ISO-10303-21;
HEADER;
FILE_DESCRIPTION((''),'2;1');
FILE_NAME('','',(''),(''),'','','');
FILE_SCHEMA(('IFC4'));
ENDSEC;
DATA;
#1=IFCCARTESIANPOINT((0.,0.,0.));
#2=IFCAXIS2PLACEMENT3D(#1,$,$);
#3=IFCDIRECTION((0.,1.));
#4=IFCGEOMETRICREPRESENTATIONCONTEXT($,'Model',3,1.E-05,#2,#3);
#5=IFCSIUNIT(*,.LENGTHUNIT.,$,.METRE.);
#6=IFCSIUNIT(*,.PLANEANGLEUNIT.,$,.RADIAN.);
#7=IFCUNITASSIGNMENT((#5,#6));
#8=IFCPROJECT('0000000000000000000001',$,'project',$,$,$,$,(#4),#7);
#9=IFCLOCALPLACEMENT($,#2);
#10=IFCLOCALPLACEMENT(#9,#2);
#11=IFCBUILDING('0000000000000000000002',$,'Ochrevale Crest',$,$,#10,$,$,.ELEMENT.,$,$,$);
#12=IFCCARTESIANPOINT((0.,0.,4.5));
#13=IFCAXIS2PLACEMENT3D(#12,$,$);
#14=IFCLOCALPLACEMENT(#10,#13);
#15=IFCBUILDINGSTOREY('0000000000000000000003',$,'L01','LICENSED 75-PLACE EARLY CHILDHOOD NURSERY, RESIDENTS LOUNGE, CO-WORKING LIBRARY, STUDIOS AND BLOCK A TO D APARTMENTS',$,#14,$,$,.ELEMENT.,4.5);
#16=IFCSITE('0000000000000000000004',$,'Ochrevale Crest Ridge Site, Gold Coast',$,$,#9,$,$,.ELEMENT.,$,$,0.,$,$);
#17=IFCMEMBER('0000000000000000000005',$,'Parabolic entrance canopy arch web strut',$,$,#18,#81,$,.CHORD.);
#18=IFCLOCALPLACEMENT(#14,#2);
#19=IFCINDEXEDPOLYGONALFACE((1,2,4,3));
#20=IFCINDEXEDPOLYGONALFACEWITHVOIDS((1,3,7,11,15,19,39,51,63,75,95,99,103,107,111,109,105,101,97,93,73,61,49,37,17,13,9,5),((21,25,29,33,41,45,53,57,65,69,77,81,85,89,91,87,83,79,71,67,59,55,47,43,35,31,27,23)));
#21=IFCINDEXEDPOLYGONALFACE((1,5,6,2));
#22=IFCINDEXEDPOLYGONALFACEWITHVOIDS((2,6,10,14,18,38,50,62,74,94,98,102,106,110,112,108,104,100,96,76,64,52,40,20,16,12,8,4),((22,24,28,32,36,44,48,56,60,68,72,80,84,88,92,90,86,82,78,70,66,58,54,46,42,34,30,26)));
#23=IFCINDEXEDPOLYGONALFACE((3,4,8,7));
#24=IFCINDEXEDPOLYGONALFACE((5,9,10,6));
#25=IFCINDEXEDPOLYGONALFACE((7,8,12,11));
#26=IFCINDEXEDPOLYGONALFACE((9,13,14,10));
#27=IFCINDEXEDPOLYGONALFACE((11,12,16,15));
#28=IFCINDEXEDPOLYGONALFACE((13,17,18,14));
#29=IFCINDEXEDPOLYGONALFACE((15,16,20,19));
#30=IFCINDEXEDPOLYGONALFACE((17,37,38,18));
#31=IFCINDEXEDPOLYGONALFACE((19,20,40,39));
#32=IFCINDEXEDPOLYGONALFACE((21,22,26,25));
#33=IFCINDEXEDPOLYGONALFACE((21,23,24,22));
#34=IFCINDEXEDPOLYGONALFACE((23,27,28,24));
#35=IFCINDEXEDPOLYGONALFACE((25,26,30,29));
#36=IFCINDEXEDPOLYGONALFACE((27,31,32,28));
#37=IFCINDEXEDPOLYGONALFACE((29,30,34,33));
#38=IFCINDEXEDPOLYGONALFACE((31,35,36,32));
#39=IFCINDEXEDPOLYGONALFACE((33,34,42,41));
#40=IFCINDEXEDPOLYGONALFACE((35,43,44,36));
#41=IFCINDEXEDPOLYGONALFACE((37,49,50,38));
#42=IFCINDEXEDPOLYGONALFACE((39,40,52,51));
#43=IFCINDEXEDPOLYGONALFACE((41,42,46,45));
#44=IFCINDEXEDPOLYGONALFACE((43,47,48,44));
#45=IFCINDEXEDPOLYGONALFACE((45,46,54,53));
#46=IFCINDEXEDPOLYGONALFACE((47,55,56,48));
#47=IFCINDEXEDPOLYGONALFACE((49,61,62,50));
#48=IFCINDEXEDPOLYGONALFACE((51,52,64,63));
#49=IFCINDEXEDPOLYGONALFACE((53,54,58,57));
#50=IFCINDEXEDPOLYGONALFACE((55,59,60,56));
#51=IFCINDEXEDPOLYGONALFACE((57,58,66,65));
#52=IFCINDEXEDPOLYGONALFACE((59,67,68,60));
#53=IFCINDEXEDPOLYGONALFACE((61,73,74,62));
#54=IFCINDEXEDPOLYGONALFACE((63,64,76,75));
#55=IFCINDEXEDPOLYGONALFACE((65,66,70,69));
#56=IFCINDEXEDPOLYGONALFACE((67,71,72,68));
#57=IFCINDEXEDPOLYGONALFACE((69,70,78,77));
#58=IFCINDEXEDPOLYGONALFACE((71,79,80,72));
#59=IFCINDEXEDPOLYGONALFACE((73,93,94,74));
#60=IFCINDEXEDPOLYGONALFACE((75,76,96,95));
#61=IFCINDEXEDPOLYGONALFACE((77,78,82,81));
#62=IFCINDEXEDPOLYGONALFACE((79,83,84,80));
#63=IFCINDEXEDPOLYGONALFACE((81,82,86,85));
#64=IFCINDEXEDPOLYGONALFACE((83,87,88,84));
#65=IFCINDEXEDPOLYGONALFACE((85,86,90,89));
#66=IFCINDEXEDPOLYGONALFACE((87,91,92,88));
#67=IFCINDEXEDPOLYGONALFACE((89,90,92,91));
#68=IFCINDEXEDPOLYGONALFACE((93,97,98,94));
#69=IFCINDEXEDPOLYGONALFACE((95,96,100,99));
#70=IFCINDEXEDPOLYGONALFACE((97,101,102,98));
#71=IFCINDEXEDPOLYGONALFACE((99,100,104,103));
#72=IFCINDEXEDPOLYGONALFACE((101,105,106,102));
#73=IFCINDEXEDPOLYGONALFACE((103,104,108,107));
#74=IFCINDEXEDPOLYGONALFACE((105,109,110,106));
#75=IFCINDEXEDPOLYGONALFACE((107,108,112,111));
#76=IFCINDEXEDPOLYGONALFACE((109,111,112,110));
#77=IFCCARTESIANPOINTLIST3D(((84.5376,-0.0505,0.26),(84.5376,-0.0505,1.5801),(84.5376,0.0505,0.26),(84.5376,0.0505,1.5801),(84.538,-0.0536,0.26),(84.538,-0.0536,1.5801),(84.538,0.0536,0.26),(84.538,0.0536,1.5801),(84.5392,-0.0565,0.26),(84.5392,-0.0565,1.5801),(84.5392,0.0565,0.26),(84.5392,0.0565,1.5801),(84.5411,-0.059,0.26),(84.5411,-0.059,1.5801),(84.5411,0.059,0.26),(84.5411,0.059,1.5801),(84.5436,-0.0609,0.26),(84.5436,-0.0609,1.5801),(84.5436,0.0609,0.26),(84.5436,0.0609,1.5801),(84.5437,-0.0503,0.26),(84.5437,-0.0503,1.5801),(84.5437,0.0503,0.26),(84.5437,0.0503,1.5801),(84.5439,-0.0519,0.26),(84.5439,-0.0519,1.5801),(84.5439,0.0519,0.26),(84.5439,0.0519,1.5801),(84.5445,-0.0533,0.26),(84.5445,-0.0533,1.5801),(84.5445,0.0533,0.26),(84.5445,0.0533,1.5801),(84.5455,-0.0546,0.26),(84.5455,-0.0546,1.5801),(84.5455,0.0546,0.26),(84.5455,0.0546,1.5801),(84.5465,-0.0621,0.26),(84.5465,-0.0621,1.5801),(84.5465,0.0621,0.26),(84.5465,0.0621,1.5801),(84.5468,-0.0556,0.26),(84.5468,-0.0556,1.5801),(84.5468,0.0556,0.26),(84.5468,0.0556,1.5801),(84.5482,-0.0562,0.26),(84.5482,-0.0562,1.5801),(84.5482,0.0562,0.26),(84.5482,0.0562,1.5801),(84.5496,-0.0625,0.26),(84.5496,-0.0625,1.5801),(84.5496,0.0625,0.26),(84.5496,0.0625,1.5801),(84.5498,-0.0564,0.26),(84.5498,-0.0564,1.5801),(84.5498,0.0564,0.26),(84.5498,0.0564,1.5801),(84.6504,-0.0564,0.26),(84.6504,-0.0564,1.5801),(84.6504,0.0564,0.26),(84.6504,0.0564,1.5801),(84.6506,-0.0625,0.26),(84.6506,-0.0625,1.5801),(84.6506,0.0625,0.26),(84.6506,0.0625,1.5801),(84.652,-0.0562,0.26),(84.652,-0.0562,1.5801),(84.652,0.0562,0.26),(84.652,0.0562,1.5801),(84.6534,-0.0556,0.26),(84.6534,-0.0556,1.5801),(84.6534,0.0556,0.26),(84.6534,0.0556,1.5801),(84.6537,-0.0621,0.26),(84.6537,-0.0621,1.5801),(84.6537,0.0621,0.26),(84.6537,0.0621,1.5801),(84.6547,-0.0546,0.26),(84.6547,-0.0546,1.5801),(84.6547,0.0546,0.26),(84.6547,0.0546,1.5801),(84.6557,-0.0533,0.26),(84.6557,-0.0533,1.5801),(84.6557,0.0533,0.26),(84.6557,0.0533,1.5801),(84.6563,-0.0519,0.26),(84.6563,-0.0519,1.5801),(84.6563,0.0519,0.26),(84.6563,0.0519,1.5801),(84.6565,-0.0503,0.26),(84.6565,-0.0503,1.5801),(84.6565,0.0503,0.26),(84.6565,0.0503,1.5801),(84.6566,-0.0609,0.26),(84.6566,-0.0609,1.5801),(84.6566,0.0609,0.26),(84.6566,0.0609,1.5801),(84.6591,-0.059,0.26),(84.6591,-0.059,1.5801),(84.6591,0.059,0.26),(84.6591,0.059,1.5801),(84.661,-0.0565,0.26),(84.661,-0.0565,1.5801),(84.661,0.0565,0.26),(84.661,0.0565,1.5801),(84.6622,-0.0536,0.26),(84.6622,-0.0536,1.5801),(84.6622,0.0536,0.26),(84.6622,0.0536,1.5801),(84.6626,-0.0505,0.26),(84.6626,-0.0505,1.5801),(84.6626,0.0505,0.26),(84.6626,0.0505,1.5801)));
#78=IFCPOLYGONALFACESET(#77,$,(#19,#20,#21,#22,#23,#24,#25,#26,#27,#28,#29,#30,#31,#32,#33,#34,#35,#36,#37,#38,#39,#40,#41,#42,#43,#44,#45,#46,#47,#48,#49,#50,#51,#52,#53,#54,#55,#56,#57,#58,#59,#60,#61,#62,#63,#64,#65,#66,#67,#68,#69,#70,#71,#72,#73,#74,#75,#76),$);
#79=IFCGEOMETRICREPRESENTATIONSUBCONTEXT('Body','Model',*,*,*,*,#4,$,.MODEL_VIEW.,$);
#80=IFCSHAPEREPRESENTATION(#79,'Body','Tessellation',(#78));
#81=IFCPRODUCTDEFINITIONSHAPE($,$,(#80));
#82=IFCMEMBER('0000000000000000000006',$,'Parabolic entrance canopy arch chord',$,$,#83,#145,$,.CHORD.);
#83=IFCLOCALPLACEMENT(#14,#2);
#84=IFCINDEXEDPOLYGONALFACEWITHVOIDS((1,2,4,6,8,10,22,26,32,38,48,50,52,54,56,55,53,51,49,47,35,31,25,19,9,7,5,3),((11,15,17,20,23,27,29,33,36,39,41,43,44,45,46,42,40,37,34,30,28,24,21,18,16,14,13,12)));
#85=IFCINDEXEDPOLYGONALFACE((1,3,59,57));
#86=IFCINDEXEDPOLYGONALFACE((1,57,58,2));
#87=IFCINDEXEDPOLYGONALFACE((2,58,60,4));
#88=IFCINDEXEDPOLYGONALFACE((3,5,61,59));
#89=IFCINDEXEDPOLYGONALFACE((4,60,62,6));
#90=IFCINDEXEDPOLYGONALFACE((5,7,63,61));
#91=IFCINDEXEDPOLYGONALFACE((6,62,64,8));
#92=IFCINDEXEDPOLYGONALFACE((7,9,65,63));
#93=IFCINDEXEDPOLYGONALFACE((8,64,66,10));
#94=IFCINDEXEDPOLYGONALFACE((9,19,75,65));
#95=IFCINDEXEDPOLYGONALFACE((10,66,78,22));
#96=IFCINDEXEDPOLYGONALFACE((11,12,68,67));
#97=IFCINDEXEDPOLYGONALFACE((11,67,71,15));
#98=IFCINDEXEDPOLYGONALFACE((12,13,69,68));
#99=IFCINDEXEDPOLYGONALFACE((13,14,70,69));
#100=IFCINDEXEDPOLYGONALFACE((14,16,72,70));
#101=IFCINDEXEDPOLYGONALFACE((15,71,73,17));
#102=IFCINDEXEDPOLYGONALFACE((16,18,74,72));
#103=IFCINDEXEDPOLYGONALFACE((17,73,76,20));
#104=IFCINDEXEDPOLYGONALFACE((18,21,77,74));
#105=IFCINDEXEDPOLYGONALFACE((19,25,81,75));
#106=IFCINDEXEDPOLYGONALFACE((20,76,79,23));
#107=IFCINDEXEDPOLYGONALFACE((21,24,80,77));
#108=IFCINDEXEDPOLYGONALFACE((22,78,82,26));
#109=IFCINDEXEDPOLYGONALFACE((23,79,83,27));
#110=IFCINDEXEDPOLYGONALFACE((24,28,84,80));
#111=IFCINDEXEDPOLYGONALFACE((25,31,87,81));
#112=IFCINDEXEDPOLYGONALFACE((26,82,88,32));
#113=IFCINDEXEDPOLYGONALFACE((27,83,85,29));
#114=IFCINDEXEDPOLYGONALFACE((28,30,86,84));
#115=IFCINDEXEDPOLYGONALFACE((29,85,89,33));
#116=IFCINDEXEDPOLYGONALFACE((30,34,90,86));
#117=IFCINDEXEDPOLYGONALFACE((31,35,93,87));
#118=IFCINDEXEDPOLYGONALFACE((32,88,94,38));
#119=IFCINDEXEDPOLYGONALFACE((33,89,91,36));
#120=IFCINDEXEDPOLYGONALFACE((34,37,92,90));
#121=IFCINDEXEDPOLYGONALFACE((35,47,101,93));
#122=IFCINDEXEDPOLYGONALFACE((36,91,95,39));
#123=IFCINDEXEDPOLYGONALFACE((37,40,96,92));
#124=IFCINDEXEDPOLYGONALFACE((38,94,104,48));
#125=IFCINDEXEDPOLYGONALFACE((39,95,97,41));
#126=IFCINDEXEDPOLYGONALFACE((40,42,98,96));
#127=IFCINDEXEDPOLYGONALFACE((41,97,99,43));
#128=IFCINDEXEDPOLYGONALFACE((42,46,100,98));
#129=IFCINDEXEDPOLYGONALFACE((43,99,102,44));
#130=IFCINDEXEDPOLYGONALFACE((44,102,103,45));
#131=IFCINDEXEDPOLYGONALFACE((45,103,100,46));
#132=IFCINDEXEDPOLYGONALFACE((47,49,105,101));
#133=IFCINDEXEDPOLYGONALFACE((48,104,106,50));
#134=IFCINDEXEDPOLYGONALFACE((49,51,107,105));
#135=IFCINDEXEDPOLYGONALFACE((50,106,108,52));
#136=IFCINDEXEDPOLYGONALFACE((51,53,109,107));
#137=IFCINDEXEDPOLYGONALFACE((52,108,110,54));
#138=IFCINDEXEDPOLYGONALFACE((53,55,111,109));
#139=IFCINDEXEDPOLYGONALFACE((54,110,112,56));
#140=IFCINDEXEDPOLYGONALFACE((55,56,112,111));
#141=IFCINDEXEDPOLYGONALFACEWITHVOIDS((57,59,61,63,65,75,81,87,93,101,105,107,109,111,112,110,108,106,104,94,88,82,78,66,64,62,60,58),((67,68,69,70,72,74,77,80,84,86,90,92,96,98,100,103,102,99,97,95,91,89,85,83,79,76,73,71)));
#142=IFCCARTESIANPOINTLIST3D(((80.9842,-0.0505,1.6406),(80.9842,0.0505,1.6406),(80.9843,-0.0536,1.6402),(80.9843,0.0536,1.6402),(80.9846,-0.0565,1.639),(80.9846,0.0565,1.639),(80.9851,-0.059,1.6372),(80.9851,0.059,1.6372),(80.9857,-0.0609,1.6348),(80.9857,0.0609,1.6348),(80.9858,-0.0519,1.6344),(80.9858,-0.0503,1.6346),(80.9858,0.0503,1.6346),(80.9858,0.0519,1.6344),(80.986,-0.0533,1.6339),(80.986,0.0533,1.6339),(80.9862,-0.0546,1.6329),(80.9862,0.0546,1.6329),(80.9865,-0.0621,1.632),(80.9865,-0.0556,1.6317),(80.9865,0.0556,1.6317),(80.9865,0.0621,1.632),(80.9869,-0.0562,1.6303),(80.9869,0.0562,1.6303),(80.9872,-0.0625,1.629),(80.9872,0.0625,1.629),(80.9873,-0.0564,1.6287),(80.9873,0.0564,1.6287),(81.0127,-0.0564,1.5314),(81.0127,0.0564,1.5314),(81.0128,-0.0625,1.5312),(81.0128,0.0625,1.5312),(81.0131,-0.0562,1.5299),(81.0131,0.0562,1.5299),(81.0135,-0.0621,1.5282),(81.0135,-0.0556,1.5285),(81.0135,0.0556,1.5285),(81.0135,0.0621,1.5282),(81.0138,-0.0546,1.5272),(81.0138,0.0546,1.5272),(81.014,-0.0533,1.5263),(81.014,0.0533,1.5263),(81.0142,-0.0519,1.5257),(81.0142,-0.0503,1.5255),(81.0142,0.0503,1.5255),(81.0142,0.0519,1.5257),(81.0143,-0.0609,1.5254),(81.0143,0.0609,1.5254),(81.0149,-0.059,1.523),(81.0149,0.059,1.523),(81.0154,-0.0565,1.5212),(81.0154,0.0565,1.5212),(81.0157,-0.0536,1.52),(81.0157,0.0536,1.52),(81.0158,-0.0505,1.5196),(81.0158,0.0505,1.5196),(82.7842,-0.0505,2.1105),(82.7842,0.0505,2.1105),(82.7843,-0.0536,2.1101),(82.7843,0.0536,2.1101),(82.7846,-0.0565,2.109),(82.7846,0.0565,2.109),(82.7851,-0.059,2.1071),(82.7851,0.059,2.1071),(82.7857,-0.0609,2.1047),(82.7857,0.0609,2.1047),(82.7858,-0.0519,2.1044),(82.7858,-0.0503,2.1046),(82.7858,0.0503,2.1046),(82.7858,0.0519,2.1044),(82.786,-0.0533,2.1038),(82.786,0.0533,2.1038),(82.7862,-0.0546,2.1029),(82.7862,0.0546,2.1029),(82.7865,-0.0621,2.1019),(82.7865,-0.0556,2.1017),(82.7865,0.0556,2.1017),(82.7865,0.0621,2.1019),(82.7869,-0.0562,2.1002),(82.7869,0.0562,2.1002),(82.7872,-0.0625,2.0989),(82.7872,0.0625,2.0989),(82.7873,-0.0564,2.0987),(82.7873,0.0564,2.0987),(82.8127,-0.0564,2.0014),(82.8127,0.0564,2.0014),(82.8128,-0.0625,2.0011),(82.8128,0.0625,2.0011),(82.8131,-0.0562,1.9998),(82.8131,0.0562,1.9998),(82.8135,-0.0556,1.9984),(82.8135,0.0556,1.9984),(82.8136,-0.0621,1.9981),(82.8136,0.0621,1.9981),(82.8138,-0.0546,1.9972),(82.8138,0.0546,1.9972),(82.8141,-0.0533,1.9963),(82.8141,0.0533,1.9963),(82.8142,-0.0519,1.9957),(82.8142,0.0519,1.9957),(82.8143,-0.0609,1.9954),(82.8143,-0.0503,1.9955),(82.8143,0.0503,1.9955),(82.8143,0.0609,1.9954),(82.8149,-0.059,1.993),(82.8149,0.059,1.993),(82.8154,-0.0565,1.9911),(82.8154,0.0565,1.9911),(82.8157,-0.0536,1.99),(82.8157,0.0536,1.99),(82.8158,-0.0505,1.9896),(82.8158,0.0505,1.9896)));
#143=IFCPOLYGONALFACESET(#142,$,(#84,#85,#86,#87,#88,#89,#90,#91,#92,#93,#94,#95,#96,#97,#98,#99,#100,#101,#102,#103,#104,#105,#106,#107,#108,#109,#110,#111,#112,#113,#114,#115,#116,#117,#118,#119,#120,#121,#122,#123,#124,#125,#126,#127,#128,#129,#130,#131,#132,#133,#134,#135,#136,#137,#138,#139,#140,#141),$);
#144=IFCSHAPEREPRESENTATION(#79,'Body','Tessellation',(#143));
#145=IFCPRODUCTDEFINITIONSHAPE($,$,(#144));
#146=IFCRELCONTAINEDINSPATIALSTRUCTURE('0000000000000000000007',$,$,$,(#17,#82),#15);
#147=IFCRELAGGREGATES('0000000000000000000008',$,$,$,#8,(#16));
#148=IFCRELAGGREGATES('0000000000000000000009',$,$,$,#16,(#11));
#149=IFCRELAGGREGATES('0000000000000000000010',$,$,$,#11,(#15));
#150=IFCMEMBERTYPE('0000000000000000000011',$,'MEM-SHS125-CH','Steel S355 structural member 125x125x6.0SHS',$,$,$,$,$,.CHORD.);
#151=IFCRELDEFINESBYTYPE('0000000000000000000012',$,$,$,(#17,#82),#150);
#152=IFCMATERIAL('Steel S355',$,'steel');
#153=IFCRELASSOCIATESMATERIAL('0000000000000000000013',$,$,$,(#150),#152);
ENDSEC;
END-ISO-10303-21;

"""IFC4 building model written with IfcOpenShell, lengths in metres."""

from ifc_helpers import new_model, si_unit, direction, frame, origin, origin_2d, place, context, subcontext, project, spatial, hollow_rectangle, extrude, material, material_profile, profile_set, type_object, element, save


model = new_model("IFC4")

# Units and contexts
model_context = context("Model", 3, precision=1e-05, world=origin(), true_north=direction((0.0, 1.0)))
body_context = subcontext(model_context, "Body", "Model", "MODEL_VIEW")
ifc_project = project(units=[si_unit("LENGTHUNIT", "METRE"), si_unit("PLANEANGLEUNIT", "RADIAN")], contexts=[model_context])

# Site, building, storey
site_placement = place(None, origin())
site = spatial("IfcSite", under=ifc_project, at=site_placement, Name="Ochrevale Crest Ridge Site, Gold Coast", CompositionType="ELEMENT", RefElevation=0.0)
building_placement = place(site_placement, origin())
building = spatial("IfcBuilding", under=site, at=building_placement, Name="Ochrevale Crest", CompositionType="ELEMENT")
storey_placement = place(building_placement, frame((0.0, 0.0, 4.5)))
storey = spatial("IfcBuildingStorey", under=building, at=storey_placement, Name="L01", Description="LICENSED 75-PLACE EARLY CHILDHOOD NURSERY, RESIDENTS LOUNGE, CO-WORKING LIBRARY, STUDIOS AND BLOCK A TO D APARTMENTS", CompositionType="ELEMENT", Elevation=4.5)

# Shared definitions
ifc_material_1 = material(Name="Steel S355", Category="steel")

# Members
ifc_material_profile_1 = material_profile(ifc_material_1, hollow_rectangle(XDim=0.125, YDim=0.125, WallThickness=0.0061, InnerFilletRadius=0.0061, OuterFilletRadius=0.012, at=origin_2d()), Name="125x125x6.0SHS")
ifc_profile_set_1 = profile_set([ifc_material_profile_1], Name="Steel S355")
member_type = type_object("IfcMemberType", Name="MEM-SHS125-CH", Description="Steel S355 structural member 125x125x6.0SHS", PredefinedType="CHORD", material=ifc_profile_set_1)
member_1_placement = place(storey_placement, frame((84.6001, 0.0, 0.26), z_axis=(0.0, 0.0, 1.0), x_axis=(1.0, 0.0, 0.0)))
element("IfcMember", 1, at=member_1_placement, inside=storey, type_object=member_type, Name="Parabolic entrance canopy arch web strut", PredefinedType="CHORD", context=body_context, shape_type="SweptSolid", body=[
    extrude(hollow_rectangle(XDim=0.125, YDim=0.125, WallThickness=0.0061, InnerFilletRadius=0.0061, OuterFilletRadius=0.012, at=origin_2d()), origin(), (0.0, 0.0, 1.0), 1.3201),
])
for number, where, z_axis, x_axis, name in (
    (2, (81.0, 0.0, 1.5801), (0.967566, 0.0, 0.25262), (0.0, 1.0, 0.0), "Parabolic entrance canopy arch chord"),
):
    element("IfcMember", number, at=place(storey_placement, frame(where, z_axis=z_axis, x_axis=x_axis)), inside=storey, type_object=member_type, Name=name, PredefinedType="CHORD", context=body_context, shape_type="SweptSolid", body=[
        extrude(hollow_rectangle(XDim=0.125, YDim=0.125, WallThickness=0.0061, InnerFilletRadius=0.0061, OuterFilletRadius=0.012, at=origin_2d()), origin(), (0.0, 0.0, 1.0), 1.8604),
    ])

save(model, "model.ifc")
